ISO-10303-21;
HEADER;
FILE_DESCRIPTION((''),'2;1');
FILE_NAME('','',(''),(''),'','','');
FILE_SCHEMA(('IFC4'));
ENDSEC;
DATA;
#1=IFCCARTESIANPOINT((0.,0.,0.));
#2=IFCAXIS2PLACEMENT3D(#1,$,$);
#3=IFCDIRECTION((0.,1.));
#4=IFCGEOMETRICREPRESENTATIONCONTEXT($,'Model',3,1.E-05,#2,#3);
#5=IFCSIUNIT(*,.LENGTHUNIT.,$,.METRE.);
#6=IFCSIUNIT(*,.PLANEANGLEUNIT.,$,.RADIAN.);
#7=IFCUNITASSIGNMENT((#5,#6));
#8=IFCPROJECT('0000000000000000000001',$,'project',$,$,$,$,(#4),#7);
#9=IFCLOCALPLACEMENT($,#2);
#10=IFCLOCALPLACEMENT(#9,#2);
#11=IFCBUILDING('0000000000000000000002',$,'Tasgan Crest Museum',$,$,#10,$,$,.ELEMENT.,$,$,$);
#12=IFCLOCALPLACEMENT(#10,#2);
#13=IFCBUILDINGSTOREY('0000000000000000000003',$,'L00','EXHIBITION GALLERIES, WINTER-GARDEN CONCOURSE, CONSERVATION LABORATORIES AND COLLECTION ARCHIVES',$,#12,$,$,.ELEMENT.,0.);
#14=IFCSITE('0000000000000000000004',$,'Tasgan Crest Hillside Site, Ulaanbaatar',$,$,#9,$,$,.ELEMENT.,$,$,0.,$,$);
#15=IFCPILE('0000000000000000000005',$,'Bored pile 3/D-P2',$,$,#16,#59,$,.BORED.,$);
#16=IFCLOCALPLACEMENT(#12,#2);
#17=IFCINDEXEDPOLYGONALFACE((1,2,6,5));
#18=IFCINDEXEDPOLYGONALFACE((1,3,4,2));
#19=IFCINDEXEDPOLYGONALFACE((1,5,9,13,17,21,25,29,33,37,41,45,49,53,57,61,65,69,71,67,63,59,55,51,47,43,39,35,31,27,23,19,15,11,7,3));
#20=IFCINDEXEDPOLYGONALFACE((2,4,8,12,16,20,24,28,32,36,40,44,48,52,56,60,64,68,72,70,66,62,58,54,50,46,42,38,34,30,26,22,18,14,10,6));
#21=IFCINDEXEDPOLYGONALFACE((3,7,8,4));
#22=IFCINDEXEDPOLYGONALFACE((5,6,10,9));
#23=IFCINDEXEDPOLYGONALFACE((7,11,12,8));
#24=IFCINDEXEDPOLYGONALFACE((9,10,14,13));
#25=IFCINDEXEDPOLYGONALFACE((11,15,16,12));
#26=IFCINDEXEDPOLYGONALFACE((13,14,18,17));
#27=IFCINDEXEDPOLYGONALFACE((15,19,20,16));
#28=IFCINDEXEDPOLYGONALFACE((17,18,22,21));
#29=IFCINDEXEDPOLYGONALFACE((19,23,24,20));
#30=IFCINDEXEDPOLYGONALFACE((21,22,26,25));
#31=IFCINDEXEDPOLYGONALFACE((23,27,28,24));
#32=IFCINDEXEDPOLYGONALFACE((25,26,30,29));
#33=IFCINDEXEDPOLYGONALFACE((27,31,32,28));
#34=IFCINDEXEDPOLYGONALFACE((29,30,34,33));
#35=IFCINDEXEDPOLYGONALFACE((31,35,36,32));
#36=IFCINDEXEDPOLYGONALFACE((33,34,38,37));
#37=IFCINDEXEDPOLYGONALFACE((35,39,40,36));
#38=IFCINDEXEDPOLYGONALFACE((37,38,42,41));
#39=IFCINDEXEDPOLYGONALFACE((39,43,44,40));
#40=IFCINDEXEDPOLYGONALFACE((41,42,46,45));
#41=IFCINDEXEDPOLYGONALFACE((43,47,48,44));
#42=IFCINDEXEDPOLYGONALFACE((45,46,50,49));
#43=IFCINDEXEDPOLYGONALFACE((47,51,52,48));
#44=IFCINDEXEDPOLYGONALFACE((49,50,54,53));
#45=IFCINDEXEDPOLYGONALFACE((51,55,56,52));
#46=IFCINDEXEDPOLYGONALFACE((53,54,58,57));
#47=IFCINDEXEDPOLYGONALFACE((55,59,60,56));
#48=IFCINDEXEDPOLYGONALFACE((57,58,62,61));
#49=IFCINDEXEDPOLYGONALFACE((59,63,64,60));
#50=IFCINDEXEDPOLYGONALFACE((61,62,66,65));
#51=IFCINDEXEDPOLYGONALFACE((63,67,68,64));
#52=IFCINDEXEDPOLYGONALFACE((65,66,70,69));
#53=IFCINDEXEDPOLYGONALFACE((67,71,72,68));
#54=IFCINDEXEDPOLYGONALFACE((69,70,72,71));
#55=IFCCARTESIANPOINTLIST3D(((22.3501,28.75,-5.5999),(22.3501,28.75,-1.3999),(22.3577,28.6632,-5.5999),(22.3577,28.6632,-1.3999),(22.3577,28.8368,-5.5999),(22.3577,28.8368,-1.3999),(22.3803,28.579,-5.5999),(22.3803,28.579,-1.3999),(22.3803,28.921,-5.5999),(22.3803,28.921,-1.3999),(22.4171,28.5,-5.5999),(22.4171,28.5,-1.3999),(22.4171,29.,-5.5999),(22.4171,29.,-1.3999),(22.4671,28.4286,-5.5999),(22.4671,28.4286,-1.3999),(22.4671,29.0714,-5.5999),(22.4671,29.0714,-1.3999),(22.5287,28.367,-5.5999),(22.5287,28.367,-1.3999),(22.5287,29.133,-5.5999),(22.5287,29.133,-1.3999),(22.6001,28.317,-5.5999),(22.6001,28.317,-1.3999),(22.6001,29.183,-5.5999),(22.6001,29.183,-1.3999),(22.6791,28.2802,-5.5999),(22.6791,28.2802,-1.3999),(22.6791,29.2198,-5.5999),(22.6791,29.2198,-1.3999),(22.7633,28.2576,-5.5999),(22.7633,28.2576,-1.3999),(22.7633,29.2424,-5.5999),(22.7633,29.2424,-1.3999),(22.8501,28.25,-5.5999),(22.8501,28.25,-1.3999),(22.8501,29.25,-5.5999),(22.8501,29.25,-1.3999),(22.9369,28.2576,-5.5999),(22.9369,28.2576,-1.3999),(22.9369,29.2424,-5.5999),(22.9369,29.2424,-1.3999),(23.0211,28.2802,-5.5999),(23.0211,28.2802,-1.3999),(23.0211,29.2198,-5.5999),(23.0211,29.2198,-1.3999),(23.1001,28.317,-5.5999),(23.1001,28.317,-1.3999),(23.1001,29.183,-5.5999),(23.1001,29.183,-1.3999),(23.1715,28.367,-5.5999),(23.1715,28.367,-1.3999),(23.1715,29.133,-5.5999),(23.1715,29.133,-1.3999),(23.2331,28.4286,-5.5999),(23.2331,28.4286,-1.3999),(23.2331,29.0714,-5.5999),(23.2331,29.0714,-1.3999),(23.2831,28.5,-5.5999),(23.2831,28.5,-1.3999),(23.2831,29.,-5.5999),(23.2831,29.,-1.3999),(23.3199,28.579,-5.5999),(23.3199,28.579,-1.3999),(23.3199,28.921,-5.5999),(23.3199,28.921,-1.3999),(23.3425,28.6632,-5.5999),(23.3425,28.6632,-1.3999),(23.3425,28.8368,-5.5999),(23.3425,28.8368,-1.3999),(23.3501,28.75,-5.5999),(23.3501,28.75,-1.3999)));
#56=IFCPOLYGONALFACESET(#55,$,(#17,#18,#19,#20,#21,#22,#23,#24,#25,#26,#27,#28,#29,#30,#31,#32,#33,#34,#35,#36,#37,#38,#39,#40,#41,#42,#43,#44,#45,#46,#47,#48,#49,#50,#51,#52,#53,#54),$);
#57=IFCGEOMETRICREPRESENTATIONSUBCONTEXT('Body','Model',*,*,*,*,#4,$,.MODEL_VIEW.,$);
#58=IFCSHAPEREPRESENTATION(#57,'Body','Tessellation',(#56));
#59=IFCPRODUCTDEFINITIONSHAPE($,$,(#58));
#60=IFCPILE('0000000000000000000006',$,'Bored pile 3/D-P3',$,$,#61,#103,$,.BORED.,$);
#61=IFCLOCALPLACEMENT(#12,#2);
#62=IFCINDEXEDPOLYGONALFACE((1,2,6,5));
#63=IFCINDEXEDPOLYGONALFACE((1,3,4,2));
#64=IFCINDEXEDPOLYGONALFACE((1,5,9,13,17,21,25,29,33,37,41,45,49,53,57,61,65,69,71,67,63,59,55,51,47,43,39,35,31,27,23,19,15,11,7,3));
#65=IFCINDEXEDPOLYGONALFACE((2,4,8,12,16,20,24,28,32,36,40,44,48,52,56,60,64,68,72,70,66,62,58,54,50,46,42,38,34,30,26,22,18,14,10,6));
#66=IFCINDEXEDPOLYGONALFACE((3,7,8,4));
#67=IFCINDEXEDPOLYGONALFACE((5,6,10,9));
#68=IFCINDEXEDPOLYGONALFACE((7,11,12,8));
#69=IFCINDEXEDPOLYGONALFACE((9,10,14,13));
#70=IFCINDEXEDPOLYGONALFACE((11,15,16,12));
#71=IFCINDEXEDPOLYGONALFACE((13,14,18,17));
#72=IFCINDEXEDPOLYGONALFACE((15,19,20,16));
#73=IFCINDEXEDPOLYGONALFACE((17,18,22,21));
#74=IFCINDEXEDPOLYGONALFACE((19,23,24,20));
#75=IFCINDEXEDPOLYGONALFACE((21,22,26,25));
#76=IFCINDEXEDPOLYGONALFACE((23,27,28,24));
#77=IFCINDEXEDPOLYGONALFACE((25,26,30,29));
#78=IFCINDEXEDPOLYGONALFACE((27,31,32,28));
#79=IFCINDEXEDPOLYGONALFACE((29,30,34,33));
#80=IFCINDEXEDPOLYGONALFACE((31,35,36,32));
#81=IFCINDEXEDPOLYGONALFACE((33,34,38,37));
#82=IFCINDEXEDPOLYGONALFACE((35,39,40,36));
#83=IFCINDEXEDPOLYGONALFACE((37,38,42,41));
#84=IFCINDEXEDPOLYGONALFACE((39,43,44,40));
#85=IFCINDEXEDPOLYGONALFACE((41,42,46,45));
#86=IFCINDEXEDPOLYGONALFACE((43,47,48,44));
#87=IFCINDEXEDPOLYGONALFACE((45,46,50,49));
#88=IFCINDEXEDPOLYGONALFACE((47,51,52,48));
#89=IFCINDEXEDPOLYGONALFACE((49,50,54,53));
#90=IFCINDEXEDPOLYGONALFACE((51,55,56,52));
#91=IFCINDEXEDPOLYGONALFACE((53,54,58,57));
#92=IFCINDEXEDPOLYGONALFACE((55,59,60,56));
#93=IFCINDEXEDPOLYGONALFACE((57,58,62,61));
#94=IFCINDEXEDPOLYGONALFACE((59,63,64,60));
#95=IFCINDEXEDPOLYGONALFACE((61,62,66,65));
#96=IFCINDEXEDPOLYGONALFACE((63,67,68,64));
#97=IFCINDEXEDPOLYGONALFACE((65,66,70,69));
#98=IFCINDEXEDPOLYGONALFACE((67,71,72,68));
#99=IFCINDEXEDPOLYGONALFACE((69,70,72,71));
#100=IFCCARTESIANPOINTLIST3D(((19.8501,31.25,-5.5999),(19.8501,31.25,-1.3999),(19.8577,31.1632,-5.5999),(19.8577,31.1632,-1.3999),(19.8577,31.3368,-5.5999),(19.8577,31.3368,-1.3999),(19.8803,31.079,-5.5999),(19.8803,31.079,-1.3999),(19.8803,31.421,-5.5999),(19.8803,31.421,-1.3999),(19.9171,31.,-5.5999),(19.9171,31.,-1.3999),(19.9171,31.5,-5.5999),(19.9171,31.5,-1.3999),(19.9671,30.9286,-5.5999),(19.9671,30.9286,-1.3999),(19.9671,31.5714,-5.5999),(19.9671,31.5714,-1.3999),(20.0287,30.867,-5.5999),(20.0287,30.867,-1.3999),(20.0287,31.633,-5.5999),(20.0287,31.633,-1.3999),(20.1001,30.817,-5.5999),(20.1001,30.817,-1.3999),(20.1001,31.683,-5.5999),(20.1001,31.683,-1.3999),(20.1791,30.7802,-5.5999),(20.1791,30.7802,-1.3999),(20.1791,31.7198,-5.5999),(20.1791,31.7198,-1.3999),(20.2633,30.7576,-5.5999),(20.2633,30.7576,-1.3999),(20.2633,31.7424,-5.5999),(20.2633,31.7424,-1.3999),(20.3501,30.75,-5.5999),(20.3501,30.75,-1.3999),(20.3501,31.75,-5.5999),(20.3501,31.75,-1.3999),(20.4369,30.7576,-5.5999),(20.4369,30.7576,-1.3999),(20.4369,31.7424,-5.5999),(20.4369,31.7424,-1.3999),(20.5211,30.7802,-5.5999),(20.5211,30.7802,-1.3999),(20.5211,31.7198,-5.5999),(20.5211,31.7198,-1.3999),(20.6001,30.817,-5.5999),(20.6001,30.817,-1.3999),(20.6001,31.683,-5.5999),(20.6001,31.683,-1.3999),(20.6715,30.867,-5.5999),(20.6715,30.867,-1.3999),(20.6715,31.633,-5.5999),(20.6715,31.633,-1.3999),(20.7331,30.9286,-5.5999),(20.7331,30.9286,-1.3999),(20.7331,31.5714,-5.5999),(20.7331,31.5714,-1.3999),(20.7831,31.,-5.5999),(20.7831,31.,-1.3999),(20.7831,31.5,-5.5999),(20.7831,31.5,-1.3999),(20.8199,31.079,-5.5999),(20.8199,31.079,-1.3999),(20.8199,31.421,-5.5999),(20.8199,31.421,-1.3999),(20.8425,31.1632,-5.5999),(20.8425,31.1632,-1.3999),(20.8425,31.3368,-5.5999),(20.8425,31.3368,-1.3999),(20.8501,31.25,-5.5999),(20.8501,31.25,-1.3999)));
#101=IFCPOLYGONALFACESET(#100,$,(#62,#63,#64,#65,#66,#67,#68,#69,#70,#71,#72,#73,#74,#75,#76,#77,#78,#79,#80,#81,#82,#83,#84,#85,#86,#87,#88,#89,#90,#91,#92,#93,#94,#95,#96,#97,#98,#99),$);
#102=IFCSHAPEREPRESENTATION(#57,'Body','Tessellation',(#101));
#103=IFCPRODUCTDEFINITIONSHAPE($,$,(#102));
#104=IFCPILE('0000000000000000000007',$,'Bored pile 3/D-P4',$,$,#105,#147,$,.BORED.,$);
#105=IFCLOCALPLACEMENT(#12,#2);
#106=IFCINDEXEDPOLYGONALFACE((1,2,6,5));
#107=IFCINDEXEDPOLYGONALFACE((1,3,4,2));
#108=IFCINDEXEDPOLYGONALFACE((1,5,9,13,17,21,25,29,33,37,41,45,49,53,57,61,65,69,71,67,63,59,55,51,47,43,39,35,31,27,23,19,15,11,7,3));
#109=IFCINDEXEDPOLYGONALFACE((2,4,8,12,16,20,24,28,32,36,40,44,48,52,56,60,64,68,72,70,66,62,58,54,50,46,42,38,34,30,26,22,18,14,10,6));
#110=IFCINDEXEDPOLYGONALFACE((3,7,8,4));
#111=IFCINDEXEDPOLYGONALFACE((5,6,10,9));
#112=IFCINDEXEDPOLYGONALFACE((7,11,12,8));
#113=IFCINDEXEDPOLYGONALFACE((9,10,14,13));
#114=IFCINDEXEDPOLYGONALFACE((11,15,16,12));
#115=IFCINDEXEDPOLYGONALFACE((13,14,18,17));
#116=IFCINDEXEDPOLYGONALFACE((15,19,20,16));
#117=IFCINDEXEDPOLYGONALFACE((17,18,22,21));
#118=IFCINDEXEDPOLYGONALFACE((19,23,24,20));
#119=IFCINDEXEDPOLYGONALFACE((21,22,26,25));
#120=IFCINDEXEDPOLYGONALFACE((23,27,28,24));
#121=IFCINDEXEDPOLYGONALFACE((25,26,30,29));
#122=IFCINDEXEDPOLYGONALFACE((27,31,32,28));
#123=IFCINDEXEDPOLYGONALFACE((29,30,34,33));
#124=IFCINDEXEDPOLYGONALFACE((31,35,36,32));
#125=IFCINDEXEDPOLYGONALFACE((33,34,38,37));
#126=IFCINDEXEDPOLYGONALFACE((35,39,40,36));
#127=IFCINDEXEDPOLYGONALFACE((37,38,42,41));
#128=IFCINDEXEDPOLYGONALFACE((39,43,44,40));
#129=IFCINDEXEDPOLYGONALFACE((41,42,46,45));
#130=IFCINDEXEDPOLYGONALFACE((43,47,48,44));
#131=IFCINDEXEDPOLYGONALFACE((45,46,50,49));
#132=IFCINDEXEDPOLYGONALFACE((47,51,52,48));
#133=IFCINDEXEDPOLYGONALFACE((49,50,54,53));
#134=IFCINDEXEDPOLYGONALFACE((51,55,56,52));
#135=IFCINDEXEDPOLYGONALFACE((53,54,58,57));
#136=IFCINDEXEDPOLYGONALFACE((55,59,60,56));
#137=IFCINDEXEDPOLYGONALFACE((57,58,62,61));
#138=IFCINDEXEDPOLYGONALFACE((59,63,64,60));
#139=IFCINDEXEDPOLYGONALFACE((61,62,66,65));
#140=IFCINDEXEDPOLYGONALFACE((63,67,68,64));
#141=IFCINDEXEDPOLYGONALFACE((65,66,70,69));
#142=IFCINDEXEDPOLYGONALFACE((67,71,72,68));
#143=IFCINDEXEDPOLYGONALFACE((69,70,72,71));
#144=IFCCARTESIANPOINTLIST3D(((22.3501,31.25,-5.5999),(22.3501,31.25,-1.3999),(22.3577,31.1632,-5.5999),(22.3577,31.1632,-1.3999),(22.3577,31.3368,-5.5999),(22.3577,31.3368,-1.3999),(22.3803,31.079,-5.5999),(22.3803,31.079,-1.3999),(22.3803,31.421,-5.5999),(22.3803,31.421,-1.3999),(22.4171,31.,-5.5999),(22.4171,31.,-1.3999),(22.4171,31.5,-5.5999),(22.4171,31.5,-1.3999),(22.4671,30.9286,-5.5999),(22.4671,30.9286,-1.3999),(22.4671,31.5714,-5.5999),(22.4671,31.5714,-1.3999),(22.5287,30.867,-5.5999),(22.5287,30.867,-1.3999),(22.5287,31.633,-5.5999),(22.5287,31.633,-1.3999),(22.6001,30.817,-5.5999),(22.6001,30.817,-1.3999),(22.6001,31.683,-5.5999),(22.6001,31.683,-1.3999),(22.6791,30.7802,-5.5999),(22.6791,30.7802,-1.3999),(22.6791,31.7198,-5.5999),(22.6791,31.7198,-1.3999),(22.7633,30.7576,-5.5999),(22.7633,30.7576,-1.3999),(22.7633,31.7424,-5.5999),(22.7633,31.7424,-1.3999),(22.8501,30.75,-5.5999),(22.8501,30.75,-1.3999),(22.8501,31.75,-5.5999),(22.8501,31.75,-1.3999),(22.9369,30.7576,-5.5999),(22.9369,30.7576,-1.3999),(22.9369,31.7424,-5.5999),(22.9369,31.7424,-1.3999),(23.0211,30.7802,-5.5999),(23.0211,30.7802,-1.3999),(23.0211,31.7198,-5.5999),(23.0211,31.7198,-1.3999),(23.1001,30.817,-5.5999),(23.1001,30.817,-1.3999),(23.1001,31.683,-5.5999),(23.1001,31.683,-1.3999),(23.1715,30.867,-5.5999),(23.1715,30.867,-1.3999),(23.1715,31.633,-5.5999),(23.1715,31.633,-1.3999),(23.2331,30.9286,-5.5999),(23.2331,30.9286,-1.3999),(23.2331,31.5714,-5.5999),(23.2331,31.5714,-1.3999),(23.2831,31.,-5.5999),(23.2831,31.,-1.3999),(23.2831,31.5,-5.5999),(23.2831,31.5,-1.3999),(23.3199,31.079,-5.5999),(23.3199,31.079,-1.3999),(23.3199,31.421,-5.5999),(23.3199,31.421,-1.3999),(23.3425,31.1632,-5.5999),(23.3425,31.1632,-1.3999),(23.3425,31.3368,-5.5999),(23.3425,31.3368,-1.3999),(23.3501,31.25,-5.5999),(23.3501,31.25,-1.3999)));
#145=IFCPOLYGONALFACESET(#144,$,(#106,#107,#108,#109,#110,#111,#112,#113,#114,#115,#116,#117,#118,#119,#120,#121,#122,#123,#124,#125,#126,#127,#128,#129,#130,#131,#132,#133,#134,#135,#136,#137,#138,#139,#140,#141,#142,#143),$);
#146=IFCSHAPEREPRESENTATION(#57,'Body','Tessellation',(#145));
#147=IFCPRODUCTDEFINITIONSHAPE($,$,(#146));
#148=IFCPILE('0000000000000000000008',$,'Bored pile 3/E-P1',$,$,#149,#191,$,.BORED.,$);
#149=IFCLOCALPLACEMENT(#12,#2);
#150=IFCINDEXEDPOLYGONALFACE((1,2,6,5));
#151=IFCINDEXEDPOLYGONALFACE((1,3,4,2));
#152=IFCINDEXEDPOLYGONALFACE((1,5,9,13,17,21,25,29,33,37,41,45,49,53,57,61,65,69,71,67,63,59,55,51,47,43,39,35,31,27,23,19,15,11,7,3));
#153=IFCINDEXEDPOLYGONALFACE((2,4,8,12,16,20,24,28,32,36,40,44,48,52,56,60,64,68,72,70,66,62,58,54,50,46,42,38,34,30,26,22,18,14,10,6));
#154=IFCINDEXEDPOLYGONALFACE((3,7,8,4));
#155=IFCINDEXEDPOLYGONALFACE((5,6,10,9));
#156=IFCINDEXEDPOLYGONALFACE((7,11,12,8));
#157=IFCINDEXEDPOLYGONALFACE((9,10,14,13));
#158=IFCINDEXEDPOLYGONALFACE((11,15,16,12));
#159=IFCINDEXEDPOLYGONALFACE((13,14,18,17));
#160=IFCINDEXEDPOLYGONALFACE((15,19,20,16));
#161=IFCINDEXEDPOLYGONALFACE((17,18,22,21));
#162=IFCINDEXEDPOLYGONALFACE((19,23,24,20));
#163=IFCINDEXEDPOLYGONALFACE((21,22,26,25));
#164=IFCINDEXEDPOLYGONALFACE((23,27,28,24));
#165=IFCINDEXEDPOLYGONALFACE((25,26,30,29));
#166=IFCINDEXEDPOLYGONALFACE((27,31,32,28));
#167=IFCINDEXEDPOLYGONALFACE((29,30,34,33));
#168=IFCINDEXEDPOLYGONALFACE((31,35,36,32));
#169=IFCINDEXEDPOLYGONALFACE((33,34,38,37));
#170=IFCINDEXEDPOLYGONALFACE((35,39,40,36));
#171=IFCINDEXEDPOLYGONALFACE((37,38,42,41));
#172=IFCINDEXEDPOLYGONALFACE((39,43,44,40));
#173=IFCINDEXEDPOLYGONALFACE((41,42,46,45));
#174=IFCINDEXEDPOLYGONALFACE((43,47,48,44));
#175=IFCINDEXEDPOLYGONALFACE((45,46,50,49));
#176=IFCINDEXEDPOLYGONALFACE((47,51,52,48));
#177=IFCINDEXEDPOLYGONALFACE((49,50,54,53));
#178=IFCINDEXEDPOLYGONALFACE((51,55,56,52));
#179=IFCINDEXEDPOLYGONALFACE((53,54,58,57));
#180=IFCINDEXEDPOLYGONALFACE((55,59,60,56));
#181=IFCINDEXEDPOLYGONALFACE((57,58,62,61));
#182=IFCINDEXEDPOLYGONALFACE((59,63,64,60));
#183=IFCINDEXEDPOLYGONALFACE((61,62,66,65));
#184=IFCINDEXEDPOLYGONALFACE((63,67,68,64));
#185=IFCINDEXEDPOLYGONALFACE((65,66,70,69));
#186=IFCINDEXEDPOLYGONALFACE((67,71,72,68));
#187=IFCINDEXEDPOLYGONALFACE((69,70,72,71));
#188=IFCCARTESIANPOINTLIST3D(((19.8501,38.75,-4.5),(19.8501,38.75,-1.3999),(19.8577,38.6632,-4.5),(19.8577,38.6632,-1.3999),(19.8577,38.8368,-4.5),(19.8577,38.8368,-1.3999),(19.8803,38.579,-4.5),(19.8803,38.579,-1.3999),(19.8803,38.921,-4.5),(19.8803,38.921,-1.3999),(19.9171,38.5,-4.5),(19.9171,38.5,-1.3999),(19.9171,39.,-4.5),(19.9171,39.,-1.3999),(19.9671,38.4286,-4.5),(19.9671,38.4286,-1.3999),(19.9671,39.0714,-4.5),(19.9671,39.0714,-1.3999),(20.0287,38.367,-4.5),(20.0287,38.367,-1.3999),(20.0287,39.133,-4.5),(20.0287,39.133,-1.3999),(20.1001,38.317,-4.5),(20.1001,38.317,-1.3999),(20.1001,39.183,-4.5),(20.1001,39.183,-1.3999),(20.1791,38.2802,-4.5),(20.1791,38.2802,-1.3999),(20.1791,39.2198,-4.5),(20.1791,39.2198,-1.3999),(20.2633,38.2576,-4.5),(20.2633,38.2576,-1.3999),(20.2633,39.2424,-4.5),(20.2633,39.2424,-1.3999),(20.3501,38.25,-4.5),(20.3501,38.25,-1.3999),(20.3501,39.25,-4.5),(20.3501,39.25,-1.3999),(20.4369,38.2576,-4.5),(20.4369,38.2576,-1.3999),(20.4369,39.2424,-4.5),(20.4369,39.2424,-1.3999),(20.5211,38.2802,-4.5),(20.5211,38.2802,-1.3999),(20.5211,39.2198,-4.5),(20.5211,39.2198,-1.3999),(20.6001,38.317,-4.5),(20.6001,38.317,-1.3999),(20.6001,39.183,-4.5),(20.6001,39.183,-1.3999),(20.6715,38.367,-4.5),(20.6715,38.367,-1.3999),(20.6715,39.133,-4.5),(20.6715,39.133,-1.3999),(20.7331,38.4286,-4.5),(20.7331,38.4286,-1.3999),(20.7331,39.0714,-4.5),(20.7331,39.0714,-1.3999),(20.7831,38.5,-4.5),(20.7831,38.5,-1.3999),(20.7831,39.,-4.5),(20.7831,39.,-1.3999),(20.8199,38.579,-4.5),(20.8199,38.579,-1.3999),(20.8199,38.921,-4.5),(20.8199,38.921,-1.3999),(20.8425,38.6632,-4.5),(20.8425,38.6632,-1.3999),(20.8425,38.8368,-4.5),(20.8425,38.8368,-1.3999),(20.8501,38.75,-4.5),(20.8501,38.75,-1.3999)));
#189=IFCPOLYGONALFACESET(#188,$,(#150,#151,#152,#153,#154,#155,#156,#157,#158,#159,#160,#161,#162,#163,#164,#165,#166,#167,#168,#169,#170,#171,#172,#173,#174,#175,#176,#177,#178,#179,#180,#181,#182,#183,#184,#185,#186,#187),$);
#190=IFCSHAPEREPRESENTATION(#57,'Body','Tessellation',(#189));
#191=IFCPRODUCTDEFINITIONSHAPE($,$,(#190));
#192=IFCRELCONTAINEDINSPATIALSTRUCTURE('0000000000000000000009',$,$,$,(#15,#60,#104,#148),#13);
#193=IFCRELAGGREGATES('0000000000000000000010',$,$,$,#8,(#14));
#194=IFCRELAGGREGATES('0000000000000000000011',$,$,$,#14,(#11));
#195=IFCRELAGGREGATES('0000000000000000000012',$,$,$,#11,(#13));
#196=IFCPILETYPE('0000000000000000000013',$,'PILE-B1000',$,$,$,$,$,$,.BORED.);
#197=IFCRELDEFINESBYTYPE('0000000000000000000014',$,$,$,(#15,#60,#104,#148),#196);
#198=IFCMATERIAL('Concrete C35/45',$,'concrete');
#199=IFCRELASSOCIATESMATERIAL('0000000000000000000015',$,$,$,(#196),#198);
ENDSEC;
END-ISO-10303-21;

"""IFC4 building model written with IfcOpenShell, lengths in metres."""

from ifc_helpers import new_model, si_unit, direction, frame, origin, origin_2d, place, context, subcontext, project, spatial, circle, extrude, material, material_profile, profile_set, type_object, element, save


model = new_model("IFC4")

# Units and contexts
model_context = context("Model", 3, precision=1e-05, world=origin(), true_north=direction((0.0, 1.0)))
body_context = subcontext(model_context, "Body", "Model", "MODEL_VIEW")
ifc_project = project(units=[si_unit("LENGTHUNIT", "METRE"), si_unit("PLANEANGLEUNIT", "RADIAN")], contexts=[model_context])

# Site, building, storey
site_placement = place(None, origin())
site = spatial("IfcSite", under=ifc_project, at=site_placement, Name="Tasgan Crest Hillside Site, Ulaanbaatar", CompositionType="ELEMENT", RefElevation=0.0)
building_placement = place(site_placement, origin())
building = spatial("IfcBuilding", under=site, at=building_placement, Name="Tasgan Crest Museum", CompositionType="ELEMENT")
storey_placement = place(building_placement, origin())
storey = spatial("IfcBuildingStorey", under=building, at=storey_placement, Name="L00", Description="EXHIBITION GALLERIES, WINTER-GARDEN CONCOURSE, CONSERVATION LABORATORIES AND COLLECTION ARCHIVES", CompositionType="ELEMENT", Elevation=0.0)

# Piles
ifc_material_1 = material(Name="Concrete C35/45", Category="concrete")
ifc_material_profile_1 = material_profile(ifc_material_1, circle(Radius=0.5, at=origin_2d()), Name="PILE D1000")
ifc_profile_set_1 = profile_set([ifc_material_profile_1], Name="Concrete C35/45")
pile_type = type_object("IfcPileType", Name="PILE-B1000", PredefinedType="BORED", material=ifc_profile_set_1)
for number, where, z_axis, x_axis, name in (
    (1, (22.8501, 28.75, -1.3999), (0.0, 0.0, -1.0), (1.0, 0.0, 0.0), "Bored pile 3/D-P2"),
    (2, (20.3501, 31.25, -1.3999), (0.0, 0.0, -1.0), (1.0, 0.0, 0.0), "Bored pile 3/D-P3"),
    (3, (22.8501, 31.25, -1.3999), (0.0, 0.0, -1.0), (1.0, 0.0, 0.0), "Bored pile 3/D-P4"),
):
    element("IfcPile", number, at=place(storey_placement, frame(where, z_axis=z_axis, x_axis=x_axis)), inside=storey, type_object=pile_type, Name=name, PredefinedType="BORED", context=body_context, shape_type="SweptSolid", body=[
        extrude(circle(Radius=0.5, at=origin_2d()), origin(), (0.0, 0.0, 1.0), 4.2),
    ])
for number, where, z_axis, x_axis, name in (
    (4, (20.3501, 38.75, -1.3999), (0.0, 0.0, -1.0), (1.0, 0.0, 0.0), "Bored pile 3/E-P1"),
):
    element("IfcPile", number, at=place(storey_placement, frame(where, z_axis=z_axis, x_axis=x_axis)), inside=storey, type_object=pile_type, Name=name, PredefinedType="BORED", context=body_context, shape_type="SweptSolid", body=[
        extrude(circle(Radius=0.5, at=origin_2d()), origin(), (0.0, 0.0, 1.0), 3.1001),
    ])

save(model, "model.ifc")
